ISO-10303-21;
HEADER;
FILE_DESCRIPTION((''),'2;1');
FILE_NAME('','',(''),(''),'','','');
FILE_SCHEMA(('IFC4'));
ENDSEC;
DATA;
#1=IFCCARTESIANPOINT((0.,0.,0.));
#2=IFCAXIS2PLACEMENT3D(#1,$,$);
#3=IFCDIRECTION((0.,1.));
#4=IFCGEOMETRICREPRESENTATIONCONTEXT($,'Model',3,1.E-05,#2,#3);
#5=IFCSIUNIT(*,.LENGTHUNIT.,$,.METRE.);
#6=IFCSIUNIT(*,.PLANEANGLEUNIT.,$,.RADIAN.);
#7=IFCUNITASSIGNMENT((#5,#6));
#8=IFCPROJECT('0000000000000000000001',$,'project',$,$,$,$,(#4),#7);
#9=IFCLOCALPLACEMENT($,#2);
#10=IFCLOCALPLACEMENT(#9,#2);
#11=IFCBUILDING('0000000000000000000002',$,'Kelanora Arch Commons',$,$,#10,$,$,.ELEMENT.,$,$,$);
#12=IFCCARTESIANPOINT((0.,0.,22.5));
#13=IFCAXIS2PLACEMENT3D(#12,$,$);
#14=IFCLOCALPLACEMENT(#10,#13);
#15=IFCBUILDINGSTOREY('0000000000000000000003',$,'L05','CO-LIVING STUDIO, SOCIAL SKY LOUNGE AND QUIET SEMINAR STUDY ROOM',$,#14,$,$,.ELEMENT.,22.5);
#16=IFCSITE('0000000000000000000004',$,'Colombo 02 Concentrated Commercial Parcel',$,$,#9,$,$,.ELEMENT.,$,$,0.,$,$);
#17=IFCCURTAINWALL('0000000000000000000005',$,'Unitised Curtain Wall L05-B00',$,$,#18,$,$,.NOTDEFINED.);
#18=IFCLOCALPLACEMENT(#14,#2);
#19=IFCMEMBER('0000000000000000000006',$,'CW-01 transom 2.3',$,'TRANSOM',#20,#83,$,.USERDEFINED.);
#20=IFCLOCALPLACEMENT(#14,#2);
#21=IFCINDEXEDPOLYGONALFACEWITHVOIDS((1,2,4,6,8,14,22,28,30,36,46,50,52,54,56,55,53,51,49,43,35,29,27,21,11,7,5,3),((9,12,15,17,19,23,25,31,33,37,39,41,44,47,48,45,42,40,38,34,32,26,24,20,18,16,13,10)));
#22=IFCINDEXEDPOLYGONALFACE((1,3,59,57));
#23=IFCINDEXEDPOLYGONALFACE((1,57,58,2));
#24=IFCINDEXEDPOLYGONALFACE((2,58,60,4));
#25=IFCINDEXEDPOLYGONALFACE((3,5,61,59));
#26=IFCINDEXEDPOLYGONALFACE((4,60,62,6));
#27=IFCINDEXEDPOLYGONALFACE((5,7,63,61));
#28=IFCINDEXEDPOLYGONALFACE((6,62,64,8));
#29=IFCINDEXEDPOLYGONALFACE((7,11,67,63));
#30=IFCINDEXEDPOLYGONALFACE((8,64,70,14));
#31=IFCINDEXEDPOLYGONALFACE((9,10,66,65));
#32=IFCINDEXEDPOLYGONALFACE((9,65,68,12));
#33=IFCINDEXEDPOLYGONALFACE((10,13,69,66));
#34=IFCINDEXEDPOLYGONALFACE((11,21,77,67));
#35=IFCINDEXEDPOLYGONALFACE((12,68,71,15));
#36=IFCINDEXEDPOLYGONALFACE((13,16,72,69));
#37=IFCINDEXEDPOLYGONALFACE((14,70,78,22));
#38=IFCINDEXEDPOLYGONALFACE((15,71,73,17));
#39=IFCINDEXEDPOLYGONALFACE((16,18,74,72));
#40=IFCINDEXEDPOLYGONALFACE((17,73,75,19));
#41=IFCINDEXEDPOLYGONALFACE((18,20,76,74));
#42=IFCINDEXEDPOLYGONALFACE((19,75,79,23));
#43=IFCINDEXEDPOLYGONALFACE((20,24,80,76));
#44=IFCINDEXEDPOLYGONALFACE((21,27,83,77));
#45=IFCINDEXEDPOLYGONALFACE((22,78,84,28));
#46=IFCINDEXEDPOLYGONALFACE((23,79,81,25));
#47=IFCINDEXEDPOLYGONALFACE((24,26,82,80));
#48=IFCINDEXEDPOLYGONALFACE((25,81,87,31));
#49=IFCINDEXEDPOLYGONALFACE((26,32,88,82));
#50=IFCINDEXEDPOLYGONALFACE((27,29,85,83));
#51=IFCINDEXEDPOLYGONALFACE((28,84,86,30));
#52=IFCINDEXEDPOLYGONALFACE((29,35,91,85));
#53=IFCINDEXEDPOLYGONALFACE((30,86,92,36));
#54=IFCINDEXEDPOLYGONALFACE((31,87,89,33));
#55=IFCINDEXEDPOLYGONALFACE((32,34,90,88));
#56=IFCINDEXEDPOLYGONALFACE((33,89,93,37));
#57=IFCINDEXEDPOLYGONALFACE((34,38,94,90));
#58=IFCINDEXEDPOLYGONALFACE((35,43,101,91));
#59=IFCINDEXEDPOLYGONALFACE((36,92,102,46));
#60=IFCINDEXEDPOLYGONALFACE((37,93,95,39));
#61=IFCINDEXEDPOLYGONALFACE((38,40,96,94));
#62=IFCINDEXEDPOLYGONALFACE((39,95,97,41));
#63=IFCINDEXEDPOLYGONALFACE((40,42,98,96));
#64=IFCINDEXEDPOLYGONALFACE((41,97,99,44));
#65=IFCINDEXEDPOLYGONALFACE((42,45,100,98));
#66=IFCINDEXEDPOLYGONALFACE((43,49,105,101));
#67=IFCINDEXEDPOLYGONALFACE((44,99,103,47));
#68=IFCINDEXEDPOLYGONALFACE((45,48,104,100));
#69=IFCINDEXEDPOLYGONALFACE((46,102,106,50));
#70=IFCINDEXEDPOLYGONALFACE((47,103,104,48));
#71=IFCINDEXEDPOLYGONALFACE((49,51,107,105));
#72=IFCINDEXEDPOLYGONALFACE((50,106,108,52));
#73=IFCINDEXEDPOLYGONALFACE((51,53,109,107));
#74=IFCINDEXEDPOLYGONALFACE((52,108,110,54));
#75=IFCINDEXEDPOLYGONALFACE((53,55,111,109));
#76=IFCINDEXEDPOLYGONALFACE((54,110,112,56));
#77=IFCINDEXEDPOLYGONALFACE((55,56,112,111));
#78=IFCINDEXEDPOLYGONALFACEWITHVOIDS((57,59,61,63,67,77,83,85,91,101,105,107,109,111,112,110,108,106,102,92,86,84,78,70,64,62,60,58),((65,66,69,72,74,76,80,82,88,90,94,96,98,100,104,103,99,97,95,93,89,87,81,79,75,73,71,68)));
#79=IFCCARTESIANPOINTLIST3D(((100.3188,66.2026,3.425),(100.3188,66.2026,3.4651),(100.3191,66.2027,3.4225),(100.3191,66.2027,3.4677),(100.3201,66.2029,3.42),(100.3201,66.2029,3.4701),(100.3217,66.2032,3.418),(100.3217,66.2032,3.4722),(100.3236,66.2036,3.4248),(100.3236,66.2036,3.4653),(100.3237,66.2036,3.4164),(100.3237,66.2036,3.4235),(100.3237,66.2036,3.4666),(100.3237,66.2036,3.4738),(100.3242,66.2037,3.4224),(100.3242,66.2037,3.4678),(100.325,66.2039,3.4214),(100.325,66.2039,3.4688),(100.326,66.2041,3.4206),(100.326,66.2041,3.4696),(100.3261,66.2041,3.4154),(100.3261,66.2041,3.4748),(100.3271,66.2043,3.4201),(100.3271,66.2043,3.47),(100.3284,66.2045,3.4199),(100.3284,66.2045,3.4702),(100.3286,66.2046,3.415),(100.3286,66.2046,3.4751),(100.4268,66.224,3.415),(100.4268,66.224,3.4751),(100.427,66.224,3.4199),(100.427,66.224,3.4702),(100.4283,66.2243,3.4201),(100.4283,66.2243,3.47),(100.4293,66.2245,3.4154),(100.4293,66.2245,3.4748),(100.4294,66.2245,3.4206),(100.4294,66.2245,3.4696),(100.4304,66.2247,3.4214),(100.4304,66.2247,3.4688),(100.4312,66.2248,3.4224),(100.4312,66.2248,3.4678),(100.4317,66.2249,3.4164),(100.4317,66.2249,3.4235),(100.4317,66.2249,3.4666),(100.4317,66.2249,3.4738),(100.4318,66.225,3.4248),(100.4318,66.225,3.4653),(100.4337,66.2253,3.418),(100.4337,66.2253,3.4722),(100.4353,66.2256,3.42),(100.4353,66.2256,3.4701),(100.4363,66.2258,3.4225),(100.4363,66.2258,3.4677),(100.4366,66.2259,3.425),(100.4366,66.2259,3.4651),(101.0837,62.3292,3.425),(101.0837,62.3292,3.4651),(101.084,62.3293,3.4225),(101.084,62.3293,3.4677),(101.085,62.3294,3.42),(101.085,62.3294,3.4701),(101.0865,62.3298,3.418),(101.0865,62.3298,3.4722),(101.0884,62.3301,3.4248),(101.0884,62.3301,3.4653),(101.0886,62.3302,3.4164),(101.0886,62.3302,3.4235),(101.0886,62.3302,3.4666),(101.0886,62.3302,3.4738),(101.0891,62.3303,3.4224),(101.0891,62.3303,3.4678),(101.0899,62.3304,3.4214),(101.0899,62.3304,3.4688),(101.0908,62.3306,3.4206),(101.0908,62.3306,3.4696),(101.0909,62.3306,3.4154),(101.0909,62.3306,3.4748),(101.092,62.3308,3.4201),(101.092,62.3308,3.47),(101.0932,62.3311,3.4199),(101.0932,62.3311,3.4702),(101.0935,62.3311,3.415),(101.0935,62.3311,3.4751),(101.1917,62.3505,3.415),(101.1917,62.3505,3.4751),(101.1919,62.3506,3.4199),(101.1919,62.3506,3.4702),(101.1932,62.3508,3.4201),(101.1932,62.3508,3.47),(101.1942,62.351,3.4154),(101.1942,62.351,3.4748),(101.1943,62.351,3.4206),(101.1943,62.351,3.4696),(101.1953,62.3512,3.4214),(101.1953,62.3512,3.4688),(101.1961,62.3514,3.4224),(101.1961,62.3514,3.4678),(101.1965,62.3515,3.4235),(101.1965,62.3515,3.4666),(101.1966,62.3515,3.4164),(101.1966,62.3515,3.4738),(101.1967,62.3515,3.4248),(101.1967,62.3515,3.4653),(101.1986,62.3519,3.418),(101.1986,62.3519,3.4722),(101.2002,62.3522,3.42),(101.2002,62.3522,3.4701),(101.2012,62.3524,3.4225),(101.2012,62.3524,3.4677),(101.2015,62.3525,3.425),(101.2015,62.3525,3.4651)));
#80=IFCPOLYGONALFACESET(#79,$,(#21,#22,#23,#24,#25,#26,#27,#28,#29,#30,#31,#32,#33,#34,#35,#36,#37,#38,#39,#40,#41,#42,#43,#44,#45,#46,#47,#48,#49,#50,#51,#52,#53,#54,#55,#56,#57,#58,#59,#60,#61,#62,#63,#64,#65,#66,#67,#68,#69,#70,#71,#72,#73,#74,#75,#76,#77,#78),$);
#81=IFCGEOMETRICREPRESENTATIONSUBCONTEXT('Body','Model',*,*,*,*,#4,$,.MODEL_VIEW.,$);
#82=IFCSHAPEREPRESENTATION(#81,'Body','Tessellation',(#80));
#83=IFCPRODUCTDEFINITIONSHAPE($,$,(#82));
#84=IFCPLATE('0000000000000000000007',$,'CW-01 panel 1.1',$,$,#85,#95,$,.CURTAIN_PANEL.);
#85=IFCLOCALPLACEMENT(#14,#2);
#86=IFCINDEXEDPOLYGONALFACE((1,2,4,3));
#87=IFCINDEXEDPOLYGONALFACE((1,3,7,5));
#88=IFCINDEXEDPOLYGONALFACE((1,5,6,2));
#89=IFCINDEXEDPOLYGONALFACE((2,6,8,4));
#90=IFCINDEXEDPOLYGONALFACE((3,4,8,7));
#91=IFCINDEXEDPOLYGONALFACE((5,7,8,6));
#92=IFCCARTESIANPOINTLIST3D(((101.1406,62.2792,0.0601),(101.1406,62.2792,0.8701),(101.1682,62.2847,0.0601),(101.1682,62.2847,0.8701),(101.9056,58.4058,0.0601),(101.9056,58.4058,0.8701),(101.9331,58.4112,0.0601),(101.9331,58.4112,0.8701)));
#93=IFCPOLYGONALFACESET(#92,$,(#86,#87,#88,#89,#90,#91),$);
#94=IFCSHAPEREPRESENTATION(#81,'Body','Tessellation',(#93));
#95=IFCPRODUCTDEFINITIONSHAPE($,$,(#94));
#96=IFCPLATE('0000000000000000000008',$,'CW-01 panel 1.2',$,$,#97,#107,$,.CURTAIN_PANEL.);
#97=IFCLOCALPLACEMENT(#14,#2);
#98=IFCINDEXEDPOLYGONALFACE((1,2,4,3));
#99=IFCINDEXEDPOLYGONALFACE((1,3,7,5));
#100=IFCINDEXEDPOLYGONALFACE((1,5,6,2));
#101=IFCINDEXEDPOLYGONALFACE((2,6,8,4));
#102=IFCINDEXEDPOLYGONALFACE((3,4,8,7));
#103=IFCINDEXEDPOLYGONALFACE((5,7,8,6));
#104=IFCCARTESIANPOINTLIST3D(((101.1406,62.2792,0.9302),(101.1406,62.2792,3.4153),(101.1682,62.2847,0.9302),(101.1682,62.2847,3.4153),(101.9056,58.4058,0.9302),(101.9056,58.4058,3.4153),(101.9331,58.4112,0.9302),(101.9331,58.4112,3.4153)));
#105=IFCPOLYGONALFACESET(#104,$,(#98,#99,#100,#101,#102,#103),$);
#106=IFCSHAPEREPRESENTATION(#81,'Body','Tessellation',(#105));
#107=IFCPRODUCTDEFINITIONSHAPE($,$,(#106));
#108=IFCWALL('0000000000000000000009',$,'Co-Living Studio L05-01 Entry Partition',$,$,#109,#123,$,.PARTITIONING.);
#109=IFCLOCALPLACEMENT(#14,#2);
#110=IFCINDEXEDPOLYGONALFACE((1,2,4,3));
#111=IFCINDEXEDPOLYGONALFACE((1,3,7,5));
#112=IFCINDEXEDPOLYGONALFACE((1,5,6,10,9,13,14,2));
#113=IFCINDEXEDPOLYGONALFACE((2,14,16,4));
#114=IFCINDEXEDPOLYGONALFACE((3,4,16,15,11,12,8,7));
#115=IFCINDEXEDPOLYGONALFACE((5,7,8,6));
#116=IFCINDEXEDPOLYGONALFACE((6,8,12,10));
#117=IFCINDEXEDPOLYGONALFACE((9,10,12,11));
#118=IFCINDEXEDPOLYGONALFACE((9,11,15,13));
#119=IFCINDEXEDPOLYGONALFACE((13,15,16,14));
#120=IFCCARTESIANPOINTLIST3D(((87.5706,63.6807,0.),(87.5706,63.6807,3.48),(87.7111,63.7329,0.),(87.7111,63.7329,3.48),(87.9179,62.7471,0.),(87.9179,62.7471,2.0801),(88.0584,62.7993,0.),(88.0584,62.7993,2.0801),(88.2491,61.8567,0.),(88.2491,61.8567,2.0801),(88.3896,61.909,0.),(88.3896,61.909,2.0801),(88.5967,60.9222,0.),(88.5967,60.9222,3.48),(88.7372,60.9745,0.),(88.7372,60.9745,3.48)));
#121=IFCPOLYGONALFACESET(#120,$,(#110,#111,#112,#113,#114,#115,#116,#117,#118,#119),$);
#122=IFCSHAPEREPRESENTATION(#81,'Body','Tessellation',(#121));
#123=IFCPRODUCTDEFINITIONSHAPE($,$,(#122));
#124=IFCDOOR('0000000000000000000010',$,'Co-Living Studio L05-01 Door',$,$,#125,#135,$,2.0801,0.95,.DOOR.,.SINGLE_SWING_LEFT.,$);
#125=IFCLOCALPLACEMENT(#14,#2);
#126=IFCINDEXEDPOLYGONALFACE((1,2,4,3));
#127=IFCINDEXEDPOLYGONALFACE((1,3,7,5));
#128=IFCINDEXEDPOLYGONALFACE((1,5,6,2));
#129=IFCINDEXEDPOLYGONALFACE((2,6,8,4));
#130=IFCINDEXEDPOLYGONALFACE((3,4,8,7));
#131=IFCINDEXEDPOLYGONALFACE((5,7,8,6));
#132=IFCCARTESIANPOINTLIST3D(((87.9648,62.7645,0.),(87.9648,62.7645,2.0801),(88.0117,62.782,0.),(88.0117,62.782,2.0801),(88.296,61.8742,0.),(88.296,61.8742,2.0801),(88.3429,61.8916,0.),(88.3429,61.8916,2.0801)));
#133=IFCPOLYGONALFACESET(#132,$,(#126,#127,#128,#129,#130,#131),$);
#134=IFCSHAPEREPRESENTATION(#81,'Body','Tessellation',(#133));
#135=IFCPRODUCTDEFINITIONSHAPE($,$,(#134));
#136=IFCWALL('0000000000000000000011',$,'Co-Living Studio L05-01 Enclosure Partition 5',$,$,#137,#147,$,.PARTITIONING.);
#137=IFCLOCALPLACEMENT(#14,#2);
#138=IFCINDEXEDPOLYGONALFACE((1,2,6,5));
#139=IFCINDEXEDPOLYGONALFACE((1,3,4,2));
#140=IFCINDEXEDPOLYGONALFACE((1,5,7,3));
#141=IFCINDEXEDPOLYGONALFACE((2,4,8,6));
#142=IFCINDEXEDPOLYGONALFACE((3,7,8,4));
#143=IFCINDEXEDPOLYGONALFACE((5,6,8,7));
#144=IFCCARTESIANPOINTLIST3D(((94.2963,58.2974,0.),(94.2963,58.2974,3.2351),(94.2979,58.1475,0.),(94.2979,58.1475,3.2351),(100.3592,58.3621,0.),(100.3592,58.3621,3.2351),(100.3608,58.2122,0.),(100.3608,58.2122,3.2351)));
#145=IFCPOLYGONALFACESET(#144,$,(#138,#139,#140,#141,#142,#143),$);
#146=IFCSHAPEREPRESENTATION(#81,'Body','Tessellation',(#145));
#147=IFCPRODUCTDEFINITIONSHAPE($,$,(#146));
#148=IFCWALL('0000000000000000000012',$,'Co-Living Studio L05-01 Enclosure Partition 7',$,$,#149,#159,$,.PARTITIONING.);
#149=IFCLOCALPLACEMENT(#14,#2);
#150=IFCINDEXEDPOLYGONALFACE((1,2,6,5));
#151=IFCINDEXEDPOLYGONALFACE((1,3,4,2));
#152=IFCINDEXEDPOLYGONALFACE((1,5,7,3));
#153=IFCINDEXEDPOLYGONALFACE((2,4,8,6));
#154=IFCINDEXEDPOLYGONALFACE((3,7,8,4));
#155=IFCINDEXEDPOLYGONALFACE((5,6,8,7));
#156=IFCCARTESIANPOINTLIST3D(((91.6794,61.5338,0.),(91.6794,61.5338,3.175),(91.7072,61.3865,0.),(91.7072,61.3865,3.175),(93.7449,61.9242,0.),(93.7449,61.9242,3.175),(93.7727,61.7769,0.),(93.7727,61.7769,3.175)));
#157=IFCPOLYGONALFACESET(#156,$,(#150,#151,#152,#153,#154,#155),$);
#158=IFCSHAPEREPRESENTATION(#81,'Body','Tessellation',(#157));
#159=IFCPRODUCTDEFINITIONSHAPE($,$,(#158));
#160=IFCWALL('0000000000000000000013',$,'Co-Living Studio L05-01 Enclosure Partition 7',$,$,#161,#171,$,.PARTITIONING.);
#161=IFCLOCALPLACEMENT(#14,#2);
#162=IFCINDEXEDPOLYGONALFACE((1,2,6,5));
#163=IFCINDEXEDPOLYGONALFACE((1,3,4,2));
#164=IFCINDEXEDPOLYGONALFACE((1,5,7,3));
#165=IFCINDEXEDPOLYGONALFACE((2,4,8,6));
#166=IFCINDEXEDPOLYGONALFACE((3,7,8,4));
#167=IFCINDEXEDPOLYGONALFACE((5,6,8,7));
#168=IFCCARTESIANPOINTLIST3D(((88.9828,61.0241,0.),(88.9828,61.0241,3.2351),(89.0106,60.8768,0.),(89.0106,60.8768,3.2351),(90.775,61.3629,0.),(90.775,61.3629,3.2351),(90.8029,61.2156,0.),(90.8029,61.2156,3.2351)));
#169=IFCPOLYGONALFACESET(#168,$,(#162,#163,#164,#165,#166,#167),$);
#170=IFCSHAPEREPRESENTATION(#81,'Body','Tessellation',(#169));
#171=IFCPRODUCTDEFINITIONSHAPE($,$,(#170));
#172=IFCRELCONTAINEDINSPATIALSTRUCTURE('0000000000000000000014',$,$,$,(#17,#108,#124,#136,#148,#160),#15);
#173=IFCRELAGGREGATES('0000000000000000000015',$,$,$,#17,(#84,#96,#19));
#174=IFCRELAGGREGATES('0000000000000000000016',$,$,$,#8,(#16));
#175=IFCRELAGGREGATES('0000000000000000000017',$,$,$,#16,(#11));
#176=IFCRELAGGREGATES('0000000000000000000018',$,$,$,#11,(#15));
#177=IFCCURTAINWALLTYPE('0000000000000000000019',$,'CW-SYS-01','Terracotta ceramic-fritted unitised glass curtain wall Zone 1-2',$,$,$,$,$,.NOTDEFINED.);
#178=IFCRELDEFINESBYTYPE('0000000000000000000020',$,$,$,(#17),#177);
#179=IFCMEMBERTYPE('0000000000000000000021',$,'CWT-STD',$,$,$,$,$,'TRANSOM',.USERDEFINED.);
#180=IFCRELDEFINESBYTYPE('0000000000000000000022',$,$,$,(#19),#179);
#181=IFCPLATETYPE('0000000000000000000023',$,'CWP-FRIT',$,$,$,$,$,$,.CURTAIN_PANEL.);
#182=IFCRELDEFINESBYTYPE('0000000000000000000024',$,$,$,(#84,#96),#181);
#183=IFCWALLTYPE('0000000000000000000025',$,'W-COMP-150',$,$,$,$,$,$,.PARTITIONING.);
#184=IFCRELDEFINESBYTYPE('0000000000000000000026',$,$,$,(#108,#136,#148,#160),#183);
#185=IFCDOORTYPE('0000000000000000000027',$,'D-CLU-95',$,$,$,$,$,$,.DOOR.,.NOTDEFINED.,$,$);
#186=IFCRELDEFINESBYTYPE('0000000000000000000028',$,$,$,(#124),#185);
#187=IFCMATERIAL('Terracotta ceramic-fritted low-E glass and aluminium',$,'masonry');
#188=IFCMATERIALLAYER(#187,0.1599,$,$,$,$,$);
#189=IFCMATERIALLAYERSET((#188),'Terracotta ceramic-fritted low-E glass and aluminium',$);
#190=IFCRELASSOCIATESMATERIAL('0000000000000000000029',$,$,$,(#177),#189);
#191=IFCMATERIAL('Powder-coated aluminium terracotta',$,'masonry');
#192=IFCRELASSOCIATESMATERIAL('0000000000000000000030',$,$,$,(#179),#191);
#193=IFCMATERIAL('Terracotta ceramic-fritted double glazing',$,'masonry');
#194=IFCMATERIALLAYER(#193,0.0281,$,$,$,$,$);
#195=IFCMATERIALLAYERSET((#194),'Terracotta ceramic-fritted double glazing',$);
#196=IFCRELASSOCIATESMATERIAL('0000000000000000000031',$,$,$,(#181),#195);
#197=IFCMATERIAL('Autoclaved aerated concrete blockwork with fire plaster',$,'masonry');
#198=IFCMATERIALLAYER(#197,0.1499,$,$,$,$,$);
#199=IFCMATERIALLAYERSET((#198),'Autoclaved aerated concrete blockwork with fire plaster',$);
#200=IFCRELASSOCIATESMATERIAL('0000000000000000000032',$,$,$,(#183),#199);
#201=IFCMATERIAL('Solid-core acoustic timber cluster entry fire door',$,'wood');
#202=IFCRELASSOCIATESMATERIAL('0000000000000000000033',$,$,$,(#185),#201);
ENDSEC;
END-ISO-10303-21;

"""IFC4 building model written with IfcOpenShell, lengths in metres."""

from ifc_helpers import new_model, si_unit, direction, frame, frame_2d, origin, origin_2d, place, context, subcontext, project, spatial, rectangle, hollow_rectangle, extrude, source, transform, mapped, material, layer, layer_set, material_profile, profile_set, type_object, element, fill, aggregate, save


model = new_model("IFC4")

# Units and contexts
model_context = context("Model", 3, precision=1e-05, world=origin(), true_north=direction((0.0, 1.0)))
body_context = subcontext(model_context, "Body", "Model", "MODEL_VIEW")
ifc_project = project(units=[si_unit("LENGTHUNIT", "METRE"), si_unit("PLANEANGLEUNIT", "RADIAN")], contexts=[model_context])

# Site, building, storey
site_placement = place(None, origin())
site = spatial("IfcSite", under=ifc_project, at=site_placement, Name="Colombo 02 Concentrated Commercial Parcel", CompositionType="ELEMENT", RefElevation=0.0)
building_placement = place(site_placement, origin())
building = spatial("IfcBuilding", under=site, at=building_placement, Name="Kelanora Arch Commons", CompositionType="ELEMENT")
storey_placement = place(building_placement, frame((0.0, 0.0, 22.5)))
storey = spatial("IfcBuildingStorey", under=building, at=storey_placement, Name="L05", Description="CO-LIVING STUDIO, SOCIAL SKY LOUNGE AND QUIET SEMINAR STUDY ROOM", CompositionType="ELEMENT", Elevation=22.5)

# Curtain wall, member, plates
ifc_material_1 = material(Name="Terracotta ceramic-fritted low-E glass and aluminium", Category="masonry")
ifc_layer_1 = layer(ifc_material_1, 0.1599)
ifc_layer_set_1 = layer_set([ifc_layer_1], Name="Terracotta ceramic-fritted low-E glass and aluminium")
curtain_wall_type = type_object("IfcCurtainWallType", Name="CW-SYS-01", Description="Terracotta ceramic-fritted unitised glass curtain wall Zone 1-2", PredefinedType="NOTDEFINED", material=ifc_layer_set_1)
curtain_wall_placement = place(storey_placement, origin())
curtain_wall = element("IfcCurtainWall", 1, at=curtain_wall_placement, inside=storey, type_object=curtain_wall_type, Name="Unitised Curtain Wall L05-B00", PredefinedType="NOTDEFINED")
ifc_material_2 = material(Name="Powder-coated aluminium terracotta", Category="masonry")
ifc_material_profile_1 = material_profile(ifc_material_2, hollow_rectangle(XDim=0.1201, YDim=0.0601, WallThickness=0.0049, InnerFilletRadius=0.0049, OuterFilletRadius=0.01, at=origin_2d()), Name="CWT120x60")
ifc_profile_set_1 = profile_set([ifc_material_profile_1], Name="Powder-coated aluminium terracotta")
member_type_1 = type_object("IfcMemberType", Name="CWT-STD", ElementType="TRANSOM", PredefinedType="USERDEFINED", material=ifc_profile_set_1)
member_1_placement = place(storey_placement, frame((101.1426, 62.3408, 3.4451), z_axis=(-0.193725, 0.981056, 0.0), x_axis=(-0.981056, -0.193725, 0.0)))
member_1 = element("IfcMember", 2, at=member_1_placement, type_object=member_type_1, Name="CW-01 transom 2.3", ObjectType="TRANSOM", PredefinedType="USERDEFINED", context=body_context, shape_type="SweptSolid", body=[
    extrude(hollow_rectangle(XDim=0.1201, YDim=0.0601, WallThickness=0.0049, InnerFilletRadius=0.0049, OuterFilletRadius=0.01, at=origin_2d()), origin(), (0.0, 0.0, 1.0), 3.9482),
])
ifc_material_3 = material(Name="Terracotta ceramic-fritted double glazing", Category="masonry")
ifc_layer_2 = layer(ifc_material_3, 0.0281)
ifc_layer_set_2 = layer_set([ifc_layer_2], Name="Terracotta ceramic-fritted double glazing")
plate_type = type_object("IfcPlateType", Name="CWP-FRIT", PredefinedType="CURTAIN_PANEL", material=ifc_layer_set_2)
shared_shape_1 = source(origin(), body_context, "Body", "SweptSolid", [
    extrude(rectangle(XDim=3.9482, YDim=0.0281, at=origin_2d()), origin(), (0.0, 0.0, 1.0), 0.8101),
])
plate_1_placement = place(storey_placement, frame((101.5369, 60.3452, 0.0601), z_axis=(0.0, 0.0, 1.0), x_axis=(-0.193744, 0.981052, 0.0)))
plate_1 = element("IfcPlate", 3, at=plate_1_placement, type_object=plate_type, Name="CW-01 panel 1.1", PredefinedType="CURTAIN_PANEL", context=body_context, shape_type="MappedRepresentation", body=[
    mapped(shared_shape_1, transform((0.0, 0.0, 0.0), scale=1.0)),
])
shared_shape_2 = source(origin(), body_context, "Body", "SweptSolid", [
    extrude(rectangle(XDim=3.9482, YDim=0.0281, at=origin_2d()), origin(), (0.0, 0.0, 1.0), 2.4851),
])
plate_2_placement = place(storey_placement, frame((101.5369, 60.3452, 0.9302), z_axis=(0.0, 0.0, 1.0), x_axis=(-0.193744, 0.981052, 0.0)))
plate_2 = element("IfcPlate", 4, at=plate_2_placement, type_object=plate_type, Name="CW-01 panel 1.2", PredefinedType="CURTAIN_PANEL", context=body_context, shape_type="MappedRepresentation", body=[
    mapped(shared_shape_2, transform((0.0, 0.0, 0.0), scale=1.0)),
])
aggregate(curtain_wall, [plate_1, plate_2, member_1])

# Wall, opening, door
ifc_material_4 = material(Name="Autoclaved aerated concrete blockwork with fire plaster", Category="masonry")
ifc_layer_3 = layer(ifc_material_4, 0.1499)
ifc_layer_set_3 = layer_set([ifc_layer_3], Name="Autoclaved aerated concrete blockwork with fire plaster")
wall_type_1 = type_object("IfcWallType", Name="W-COMP-150", PredefinedType="PARTITIONING", material=ifc_layer_set_3)
wall_1_placement = place(storey_placement, frame((88.667, 60.9482, 0.0), z_axis=(0.0, 0.0, 1.0), x_axis=(-0.348641, 0.937257, 0.0)))
wall_1 = element("IfcWall", 5, at=wall_1_placement, inside=storey, type_object=wall_type_1, Name="Co-Living Studio L05-01 Entry Partition", PredefinedType="PARTITIONING", context=body_context, shape_type="SweptSolid", body=[
    extrude(rectangle(XDim=2.9431, YDim=0.1499, at=frame_2d((1.4717, 0.0))), origin(), (0.0, 0.0, 1.0), 3.48),
])
opening_1_placement = place(wall_1_placement, frame((0.9971, 0.0, 0.0)))
opening_1 = element("IfcOpeningElement", 6, at=opening_1_placement, cuts=wall_1, PredefinedType="OPENING", context=body_context, shape_type="SweptSolid", body=[
    extrude(rectangle(XDim=0.95, YDim=2.0801, at=frame_2d((0.4751, 1.04))), frame((0.0, 0.085, 0.0), z_axis=(0.0, -1.0, 0.0), x_axis=(1.0, 0.0, 0.0)), (0.0, 0.0, 1.0), 0.1699),
])
ifc_material_5 = material(Name="Solid-core acoustic timber cluster entry fire door", Category="wood")
door_type_1 = type_object("IfcDoorType", Name="D-CLU-95", OperationType="NOTDEFINED", PredefinedType="DOOR", material=ifc_material_5)
door_1_placement = place(opening_1_placement, origin())
door_1 = element("IfcDoor", 7, at=door_1_placement, inside=storey, type_object=door_type_1, Name="Co-Living Studio L05-01 Door", OperationType="SINGLE_SWING_LEFT", OverallHeight=2.0801, OverallWidth=0.95, PredefinedType="DOOR", context=body_context, shape_type="SweptSolid", body=[
    extrude(rectangle(XDim=0.95, YDim=2.0801, at=frame_2d((0.4751, 1.04))), frame((0.0, 0.0249, 0.0), z_axis=(0.0, -1.0, 0.0), x_axis=(1.0, 0.0, 0.0)), (0.0, 0.0, 1.0), 0.05),
])
fill(opening_1, door_1)

# Walls
wall_2_placement = place(storey_placement, frame((100.3601, 58.2871, 0.0), z_axis=(0.0, 0.0, 1.0), x_axis=(-0.999943, -0.01067, 0.0)))
element("IfcWall", 8, at=wall_2_placement, inside=storey, type_object=wall_type_1, Name="Co-Living Studio L05-01 Enclosure Partition 5", PredefinedType="PARTITIONING", context=body_context, shape_type="SweptSolid", body=[
    extrude(rectangle(XDim=6.0632, YDim=0.1499, at=frame_2d((3.0317, 0.0))), origin(), (0.0, 0.0, 1.0), 3.2351),
])
wall_3_placement = place(storey_placement, frame((93.7588, 61.8506, 0.0), z_axis=(0.0, 0.0, 1.0), x_axis=(-0.982603, -0.185719, 0.0)))
element("IfcWall", 9, at=wall_3_placement, inside=storey, type_object=wall_type_1, Name="Co-Living Studio L05-01 Enclosure Partition 7", PredefinedType="PARTITIONING", context=body_context, shape_type="SweptSolid", body=[
    extrude(rectangle(XDim=2.1021, YDim=0.1499, at=frame_2d((1.051, 0.0))), origin(), (0.0, 0.0, 1.0), 3.175),
])
wall_4_placement = place(storey_placement, frame((90.7891, 61.2893, 0.0), z_axis=(0.0, 0.0, 1.0), x_axis=(-0.982591, -0.185783, 0.0)))
element("IfcWall", 10, at=wall_4_placement, inside=storey, type_object=wall_type_1, Name="Co-Living Studio L05-01 Enclosure Partition 7", PredefinedType="PARTITIONING", context=body_context, shape_type="SweptSolid", body=[
    extrude(rectangle(XDim=1.824, YDim=0.1499, at=frame_2d((0.9121, 0.0))), origin(), (0.0, 0.0, 1.0), 3.2351),
])

save(model, "model.ifc")
